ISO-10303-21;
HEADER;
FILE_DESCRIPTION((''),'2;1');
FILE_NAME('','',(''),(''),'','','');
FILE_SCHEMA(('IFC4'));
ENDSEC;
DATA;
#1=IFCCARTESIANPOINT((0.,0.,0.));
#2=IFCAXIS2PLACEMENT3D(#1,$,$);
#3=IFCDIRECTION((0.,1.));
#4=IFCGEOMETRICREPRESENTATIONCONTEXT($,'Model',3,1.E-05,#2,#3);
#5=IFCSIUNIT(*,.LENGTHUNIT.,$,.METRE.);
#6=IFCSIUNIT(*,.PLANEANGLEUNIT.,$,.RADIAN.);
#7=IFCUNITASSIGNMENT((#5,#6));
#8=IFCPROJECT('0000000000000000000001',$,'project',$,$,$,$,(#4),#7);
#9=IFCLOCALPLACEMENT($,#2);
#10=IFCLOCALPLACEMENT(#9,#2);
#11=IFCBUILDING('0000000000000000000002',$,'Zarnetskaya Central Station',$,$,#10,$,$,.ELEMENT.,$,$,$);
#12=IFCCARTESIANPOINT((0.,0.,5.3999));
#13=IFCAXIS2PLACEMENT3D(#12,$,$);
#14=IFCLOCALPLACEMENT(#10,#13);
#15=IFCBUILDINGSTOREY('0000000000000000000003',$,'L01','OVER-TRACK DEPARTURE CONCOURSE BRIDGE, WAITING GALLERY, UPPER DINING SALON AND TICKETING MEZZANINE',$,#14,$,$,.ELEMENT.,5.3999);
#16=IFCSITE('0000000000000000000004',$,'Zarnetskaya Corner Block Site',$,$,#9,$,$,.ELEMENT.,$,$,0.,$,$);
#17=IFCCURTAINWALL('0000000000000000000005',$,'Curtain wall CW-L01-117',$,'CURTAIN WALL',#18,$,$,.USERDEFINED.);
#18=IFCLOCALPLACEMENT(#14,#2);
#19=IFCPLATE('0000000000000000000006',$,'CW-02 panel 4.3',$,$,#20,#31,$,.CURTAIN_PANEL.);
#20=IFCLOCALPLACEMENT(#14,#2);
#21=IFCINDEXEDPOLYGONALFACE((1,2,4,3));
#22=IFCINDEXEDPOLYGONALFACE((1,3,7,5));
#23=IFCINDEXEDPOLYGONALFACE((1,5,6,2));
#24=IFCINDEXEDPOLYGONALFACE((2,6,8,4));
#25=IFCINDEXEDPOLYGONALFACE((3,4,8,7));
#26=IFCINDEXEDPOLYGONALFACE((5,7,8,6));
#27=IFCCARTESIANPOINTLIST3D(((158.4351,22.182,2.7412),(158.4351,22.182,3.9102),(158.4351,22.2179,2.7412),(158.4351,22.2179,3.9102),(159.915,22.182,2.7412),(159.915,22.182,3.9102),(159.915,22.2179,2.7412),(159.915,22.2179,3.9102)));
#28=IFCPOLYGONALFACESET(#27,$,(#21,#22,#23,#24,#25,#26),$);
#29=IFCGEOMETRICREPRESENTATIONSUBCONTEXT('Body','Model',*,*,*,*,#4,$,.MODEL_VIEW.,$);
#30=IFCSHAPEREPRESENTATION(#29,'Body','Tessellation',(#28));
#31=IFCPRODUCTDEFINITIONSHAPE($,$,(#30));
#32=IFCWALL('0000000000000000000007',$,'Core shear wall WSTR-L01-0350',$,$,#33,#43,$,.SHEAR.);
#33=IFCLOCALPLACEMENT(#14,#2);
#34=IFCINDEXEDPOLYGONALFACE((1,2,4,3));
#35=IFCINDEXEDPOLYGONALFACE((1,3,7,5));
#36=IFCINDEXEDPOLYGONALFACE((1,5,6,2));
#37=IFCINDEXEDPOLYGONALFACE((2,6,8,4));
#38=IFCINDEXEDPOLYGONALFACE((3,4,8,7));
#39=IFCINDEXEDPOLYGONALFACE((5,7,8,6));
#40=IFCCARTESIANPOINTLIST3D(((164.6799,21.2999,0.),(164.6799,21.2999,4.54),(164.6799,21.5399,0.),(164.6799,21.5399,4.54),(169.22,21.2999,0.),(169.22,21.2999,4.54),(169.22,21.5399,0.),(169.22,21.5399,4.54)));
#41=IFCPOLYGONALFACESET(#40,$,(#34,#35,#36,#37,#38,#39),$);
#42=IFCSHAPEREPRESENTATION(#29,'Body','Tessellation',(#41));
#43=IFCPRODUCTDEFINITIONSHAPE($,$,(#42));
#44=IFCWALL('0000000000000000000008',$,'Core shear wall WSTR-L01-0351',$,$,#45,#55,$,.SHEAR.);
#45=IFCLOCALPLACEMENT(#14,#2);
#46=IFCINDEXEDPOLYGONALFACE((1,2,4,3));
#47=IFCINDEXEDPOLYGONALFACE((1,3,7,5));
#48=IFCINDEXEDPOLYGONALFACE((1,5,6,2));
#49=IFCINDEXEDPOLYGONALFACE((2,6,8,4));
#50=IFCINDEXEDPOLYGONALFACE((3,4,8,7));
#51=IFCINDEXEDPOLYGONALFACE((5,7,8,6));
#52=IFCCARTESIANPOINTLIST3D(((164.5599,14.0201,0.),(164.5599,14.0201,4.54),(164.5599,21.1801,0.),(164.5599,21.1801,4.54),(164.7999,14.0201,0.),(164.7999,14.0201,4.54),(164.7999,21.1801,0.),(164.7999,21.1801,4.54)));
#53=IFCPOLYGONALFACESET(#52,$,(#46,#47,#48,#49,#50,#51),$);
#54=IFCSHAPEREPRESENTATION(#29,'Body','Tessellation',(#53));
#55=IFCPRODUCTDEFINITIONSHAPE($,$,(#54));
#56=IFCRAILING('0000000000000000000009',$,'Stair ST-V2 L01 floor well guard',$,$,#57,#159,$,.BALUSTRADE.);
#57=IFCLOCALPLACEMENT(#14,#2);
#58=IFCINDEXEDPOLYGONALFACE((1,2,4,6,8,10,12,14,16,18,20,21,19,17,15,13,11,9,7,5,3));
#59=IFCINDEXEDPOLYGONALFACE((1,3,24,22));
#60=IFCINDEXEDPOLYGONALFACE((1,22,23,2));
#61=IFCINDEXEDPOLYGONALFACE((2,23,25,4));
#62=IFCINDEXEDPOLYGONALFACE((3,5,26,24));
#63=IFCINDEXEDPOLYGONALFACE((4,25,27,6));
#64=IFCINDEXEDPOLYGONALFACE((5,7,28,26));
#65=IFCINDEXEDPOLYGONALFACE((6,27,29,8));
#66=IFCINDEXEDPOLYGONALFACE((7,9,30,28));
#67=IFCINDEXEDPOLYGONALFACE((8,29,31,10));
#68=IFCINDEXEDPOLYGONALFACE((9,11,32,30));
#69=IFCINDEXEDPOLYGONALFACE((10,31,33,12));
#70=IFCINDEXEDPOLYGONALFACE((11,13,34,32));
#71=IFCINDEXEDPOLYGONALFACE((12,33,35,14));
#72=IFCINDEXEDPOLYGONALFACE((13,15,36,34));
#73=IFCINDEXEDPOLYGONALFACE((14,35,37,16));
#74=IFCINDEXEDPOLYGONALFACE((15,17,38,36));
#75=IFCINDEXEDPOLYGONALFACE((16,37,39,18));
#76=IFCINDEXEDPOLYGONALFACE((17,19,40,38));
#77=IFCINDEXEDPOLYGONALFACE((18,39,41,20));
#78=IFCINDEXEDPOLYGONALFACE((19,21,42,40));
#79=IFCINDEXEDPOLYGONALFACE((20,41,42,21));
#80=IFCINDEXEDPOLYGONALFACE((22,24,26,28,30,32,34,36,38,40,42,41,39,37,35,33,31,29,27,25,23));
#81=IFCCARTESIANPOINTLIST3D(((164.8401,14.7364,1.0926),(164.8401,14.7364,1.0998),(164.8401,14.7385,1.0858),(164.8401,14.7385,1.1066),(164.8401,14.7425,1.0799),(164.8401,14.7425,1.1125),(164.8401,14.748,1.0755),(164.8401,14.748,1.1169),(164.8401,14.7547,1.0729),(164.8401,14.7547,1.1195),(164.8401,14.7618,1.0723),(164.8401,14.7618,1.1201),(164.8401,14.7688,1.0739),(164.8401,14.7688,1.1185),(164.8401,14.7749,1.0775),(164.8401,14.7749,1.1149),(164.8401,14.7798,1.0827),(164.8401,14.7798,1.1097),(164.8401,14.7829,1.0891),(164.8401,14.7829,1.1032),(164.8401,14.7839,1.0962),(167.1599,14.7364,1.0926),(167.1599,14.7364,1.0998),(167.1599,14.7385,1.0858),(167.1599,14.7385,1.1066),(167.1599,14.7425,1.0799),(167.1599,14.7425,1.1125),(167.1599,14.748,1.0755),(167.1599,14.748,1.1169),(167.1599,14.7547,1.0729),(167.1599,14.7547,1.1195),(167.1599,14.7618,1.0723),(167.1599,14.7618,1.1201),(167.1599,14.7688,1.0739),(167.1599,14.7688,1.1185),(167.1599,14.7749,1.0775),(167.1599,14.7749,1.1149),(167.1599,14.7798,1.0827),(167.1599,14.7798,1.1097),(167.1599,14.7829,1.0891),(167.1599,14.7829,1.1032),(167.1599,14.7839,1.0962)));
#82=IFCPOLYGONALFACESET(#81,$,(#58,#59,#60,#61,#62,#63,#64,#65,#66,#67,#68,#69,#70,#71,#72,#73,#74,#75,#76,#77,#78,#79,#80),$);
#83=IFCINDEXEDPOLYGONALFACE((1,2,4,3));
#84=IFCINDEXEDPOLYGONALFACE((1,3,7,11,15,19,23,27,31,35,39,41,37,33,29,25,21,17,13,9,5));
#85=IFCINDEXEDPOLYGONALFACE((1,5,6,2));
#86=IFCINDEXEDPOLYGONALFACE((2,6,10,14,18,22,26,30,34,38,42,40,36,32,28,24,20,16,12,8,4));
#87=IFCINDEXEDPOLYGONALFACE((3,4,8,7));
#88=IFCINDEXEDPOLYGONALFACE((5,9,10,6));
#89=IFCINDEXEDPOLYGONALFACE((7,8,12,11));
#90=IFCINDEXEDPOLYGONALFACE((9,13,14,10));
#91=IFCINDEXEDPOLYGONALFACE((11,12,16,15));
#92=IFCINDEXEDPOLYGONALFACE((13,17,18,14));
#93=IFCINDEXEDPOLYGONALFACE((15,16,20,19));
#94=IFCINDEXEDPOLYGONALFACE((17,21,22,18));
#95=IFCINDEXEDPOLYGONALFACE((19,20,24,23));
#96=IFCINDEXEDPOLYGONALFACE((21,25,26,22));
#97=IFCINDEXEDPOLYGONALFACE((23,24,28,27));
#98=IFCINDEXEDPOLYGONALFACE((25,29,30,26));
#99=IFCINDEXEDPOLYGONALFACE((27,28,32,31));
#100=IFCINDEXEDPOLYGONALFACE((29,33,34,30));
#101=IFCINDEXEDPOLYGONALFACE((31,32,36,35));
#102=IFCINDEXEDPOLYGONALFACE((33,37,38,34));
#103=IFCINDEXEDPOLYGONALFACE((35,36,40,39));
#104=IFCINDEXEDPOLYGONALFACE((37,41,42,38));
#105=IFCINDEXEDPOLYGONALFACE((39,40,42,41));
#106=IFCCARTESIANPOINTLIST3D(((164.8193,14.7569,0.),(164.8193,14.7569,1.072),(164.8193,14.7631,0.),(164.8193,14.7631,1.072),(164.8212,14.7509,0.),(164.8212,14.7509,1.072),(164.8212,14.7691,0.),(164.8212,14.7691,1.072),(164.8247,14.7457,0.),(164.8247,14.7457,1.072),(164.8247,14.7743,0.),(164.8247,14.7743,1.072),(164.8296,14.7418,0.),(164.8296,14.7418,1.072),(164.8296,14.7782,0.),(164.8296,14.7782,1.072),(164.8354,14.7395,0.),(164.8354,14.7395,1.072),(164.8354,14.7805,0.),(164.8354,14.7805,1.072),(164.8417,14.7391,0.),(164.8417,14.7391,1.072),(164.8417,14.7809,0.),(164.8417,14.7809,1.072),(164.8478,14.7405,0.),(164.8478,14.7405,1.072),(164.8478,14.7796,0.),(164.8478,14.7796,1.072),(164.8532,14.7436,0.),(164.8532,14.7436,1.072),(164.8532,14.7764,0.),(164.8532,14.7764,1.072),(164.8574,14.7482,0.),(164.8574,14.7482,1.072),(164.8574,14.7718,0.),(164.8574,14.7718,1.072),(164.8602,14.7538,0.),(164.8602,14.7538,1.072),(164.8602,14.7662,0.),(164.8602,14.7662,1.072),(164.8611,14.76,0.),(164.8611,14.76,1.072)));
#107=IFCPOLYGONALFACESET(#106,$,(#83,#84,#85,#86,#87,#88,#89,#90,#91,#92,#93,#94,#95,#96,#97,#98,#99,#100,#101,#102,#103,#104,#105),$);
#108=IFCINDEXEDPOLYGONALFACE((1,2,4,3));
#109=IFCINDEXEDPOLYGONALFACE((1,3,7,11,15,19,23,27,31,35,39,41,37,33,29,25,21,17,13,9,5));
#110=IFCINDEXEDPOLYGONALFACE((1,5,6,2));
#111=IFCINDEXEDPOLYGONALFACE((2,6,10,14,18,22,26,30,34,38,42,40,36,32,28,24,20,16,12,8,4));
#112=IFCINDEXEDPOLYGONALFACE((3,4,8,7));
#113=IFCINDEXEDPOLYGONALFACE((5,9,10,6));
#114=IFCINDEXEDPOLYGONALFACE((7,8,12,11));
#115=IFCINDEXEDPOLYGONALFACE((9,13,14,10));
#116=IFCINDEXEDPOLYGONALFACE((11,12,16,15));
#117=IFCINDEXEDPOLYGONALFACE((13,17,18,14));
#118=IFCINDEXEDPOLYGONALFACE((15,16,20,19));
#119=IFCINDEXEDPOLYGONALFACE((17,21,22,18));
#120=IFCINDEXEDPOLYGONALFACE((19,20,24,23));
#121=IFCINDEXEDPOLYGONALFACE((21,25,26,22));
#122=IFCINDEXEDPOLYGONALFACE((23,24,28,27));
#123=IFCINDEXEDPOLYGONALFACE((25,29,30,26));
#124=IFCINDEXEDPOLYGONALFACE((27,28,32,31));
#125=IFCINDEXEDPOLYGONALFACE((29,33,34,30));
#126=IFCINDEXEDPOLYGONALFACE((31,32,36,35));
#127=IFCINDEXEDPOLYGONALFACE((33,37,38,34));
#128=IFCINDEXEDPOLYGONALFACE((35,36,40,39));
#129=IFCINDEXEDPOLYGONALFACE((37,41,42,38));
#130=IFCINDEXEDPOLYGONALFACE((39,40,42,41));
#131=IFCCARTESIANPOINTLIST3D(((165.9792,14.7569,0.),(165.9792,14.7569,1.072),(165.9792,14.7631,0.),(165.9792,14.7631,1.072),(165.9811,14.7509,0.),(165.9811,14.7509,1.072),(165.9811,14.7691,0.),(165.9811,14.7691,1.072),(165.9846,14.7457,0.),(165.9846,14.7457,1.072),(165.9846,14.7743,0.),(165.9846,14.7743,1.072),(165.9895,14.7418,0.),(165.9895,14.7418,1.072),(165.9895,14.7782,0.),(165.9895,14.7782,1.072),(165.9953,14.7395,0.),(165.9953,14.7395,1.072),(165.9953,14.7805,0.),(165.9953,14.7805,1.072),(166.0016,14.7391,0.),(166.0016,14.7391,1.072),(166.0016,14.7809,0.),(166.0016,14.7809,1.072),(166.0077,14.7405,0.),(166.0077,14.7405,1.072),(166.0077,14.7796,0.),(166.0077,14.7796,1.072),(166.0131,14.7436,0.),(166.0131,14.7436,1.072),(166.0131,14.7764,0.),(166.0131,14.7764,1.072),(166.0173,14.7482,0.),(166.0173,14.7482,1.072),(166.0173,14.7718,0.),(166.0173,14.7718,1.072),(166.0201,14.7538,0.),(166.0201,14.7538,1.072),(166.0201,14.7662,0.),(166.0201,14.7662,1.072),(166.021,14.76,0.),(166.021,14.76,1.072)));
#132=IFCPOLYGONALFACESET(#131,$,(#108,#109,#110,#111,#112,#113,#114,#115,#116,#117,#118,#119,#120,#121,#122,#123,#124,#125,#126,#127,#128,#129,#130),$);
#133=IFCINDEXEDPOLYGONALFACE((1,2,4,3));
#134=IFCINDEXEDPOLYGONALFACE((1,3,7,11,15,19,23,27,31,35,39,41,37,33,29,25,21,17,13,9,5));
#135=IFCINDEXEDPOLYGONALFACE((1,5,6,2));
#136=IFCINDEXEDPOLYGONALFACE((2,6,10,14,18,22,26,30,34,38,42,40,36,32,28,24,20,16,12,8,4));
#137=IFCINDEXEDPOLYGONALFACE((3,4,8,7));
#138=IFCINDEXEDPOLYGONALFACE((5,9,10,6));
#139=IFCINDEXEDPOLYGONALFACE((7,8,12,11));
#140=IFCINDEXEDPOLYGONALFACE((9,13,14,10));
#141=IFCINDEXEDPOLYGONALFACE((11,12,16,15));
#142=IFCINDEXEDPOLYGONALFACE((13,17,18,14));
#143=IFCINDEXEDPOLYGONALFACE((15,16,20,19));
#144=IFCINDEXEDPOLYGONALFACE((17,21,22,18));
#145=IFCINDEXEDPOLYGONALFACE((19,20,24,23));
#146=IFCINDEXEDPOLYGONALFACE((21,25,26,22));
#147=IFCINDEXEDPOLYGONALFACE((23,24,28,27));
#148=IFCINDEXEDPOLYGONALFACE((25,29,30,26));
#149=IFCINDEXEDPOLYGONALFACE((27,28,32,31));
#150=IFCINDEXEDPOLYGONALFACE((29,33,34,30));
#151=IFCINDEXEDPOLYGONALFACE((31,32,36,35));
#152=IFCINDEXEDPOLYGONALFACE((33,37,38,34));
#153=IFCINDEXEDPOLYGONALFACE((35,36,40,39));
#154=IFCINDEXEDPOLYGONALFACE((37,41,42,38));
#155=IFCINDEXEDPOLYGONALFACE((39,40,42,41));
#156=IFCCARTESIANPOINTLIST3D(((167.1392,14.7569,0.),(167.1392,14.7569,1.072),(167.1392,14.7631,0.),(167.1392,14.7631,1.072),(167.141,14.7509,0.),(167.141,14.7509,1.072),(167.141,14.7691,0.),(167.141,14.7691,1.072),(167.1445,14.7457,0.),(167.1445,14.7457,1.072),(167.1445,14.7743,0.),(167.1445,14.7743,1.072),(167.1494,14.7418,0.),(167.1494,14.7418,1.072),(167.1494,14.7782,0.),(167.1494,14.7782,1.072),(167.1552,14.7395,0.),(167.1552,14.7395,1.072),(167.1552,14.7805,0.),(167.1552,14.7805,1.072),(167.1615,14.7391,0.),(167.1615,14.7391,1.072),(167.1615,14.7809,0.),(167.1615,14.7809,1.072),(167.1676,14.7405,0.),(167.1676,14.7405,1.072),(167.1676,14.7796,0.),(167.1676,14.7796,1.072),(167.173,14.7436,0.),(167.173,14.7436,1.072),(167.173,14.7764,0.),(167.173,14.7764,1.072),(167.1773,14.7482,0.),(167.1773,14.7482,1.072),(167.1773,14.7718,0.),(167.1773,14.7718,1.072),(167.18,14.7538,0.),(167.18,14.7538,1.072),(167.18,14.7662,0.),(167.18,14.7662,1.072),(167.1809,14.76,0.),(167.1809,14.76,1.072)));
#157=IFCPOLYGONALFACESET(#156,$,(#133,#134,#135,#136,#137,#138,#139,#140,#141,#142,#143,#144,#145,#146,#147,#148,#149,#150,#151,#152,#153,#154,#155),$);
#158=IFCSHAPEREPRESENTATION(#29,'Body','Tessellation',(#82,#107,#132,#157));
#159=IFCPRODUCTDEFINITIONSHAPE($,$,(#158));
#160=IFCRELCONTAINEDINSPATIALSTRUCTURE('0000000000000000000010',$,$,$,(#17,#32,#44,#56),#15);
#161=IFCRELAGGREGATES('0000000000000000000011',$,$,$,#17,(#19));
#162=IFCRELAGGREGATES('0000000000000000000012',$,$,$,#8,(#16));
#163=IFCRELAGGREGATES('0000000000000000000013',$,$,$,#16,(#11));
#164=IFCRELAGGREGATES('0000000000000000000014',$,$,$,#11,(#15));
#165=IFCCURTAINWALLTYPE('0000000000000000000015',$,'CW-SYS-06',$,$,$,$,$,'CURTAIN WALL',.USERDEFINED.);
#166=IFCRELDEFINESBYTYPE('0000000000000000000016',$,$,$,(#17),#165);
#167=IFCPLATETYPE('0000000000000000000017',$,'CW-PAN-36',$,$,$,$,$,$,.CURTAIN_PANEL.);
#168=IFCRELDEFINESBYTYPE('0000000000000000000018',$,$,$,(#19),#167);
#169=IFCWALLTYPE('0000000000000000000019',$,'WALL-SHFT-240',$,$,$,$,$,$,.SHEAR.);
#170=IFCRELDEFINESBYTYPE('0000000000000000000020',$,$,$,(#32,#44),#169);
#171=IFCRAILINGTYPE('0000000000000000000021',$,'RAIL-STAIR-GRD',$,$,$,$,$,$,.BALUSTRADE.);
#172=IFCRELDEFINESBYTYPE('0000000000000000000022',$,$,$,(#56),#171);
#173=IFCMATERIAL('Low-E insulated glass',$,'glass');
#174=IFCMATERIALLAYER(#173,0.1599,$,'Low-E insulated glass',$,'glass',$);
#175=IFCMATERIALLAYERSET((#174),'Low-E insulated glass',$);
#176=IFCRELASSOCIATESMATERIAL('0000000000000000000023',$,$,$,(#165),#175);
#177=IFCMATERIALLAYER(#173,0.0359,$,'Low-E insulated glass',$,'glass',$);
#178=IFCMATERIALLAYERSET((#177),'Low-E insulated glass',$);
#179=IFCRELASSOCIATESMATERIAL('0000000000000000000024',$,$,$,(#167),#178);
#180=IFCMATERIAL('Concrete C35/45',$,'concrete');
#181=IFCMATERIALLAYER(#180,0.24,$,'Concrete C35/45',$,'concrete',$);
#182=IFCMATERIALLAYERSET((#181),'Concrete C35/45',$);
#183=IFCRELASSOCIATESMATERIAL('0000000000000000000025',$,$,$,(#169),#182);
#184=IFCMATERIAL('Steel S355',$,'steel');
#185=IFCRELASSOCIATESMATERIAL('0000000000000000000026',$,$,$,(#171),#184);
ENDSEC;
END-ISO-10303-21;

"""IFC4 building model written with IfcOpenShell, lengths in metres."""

from ifc_helpers import new_model, si_unit, direction, frame, frame_2d, origin, origin_2d, place, context, subcontext, project, spatial, rectangle, circle, extrude, material, layer, layer_set, type_object, element, aggregate, save


model = new_model("IFC4")

# Units and contexts
model_context = context("Model", 3, precision=1e-05, world=origin(), true_north=direction((0.0, 1.0)))
body_context = subcontext(model_context, "Body", "Model", "MODEL_VIEW")
ifc_project = project(units=[si_unit("LENGTHUNIT", "METRE"), si_unit("PLANEANGLEUNIT", "RADIAN")], contexts=[model_context])

# Site, building, storey
site_placement = place(None, origin())
site = spatial("IfcSite", under=ifc_project, at=site_placement, Name="Zarnetskaya Corner Block Site", CompositionType="ELEMENT", RefElevation=0.0)
building_placement = place(site_placement, origin())
building = spatial("IfcBuilding", under=site, at=building_placement, Name="Zarnetskaya Central Station", CompositionType="ELEMENT")
storey_placement = place(building_placement, frame((0.0, 0.0, 5.3999)))
storey = spatial("IfcBuildingStorey", under=building, at=storey_placement, Name="L01", Description="OVER-TRACK DEPARTURE CONCOURSE BRIDGE, WAITING GALLERY, UPPER DINING SALON AND TICKETING MEZZANINE", CompositionType="ELEMENT", Elevation=5.3999)

# Shared definitions
ifc_material_1 = material(Name="Steel S355", Category="steel")

# Curtain wall
ifc_material_2 = material(Name="Low-E insulated glass", Category="glass")
ifc_layer_1 = layer(ifc_material_2, 0.1599, Name="Low-E insulated glass", Category="glass")
ifc_layer_set_1 = layer_set([ifc_layer_1], Name="Low-E insulated glass")
curtain_wall_type = type_object("IfcCurtainWallType", Name="CW-SYS-06", ElementType="CURTAIN WALL", PredefinedType="USERDEFINED", material=ifc_layer_set_1)
curtain_wall_placement = place(storey_placement, origin())
curtain_wall = element("IfcCurtainWall", 1, at=curtain_wall_placement, inside=storey, type_object=curtain_wall_type, Name="Curtain wall CW-L01-117", ObjectType="CURTAIN WALL", PredefinedType="USERDEFINED")

# Plate
ifc_layer_2 = layer(ifc_material_2, 0.0359, Name="Low-E insulated glass", Category="glass")
ifc_layer_set_2 = layer_set([ifc_layer_2], Name="Low-E insulated glass")
plate_type = type_object("IfcPlateType", Name="CW-PAN-36", PredefinedType="CURTAIN_PANEL", material=ifc_layer_set_2)
plate_1_placement = place(storey_placement, frame((159.175, 22.2, 2.7412), z_axis=(0.0, 0.0, 1.0), x_axis=(1.0, 0.0, 0.0)))
plate_1 = element("IfcPlate", 2, at=plate_1_placement, type_object=plate_type, Name="CW-02 panel 4.3", PredefinedType="CURTAIN_PANEL", context=body_context, shape_type="SweptSolid", body=[
    extrude(rectangle(XDim=1.48, YDim=0.0359, at=origin_2d()), origin(), (0.0, 0.0, 1.0), 1.1689),
])
aggregate(curtain_wall, [plate_1])

# Walls
ifc_material_3 = material(Name="Concrete C35/45", Category="concrete")
ifc_layer_3 = layer(ifc_material_3, 0.24, Name="Concrete C35/45", Category="concrete")
ifc_layer_set_3 = layer_set([ifc_layer_3], Name="Concrete C35/45")
wall_type = type_object("IfcWallType", Name="WALL-SHFT-240", PredefinedType="SHEAR", material=ifc_layer_set_3)
wall_1_placement = place(storey_placement, frame((164.6799, 21.4199, 0.0), z_axis=(0.0, 0.0, 1.0), x_axis=(1.0, 0.0, 0.0)))
element("IfcWall", 3, at=wall_1_placement, inside=storey, type_object=wall_type, Name="Core shear wall WSTR-L01-0350", PredefinedType="SHEAR", context=body_context, shape_type="SweptSolid", body=[
    extrude(rectangle(XDim=4.54, YDim=0.24, at=frame_2d((2.27, 0.0))), origin(), (0.0, 0.0, 1.0), 4.54),
])
wall_2_placement = place(storey_placement, frame((164.6799, 14.02, 0.0), z_axis=(0.0, 0.0, 1.0), x_axis=(0.0, 1.0, 0.0)))
element("IfcWall", 4, at=wall_2_placement, inside=storey, type_object=wall_type, Name="Core shear wall WSTR-L01-0351", PredefinedType="SHEAR", context=body_context, shape_type="SweptSolid", body=[
    extrude(rectangle(XDim=7.1599, YDim=0.24, at=frame_2d((3.5801, 0.0))), origin(), (0.0, 0.0, 1.0), 4.54),
])

# Railing
railing_type = type_object("IfcRailingType", Name="RAIL-STAIR-GRD", PredefinedType="BALUSTRADE", material=ifc_material_1)
railing_placement = place(storey_placement, frame((164.8401, 14.76, 0.0)))
element("IfcRailing", 5, at=railing_placement, inside=storey, type_object=railing_type, Name="Stair ST-V2 L01 floor well guard", PredefinedType="BALUSTRADE", context=body_context, shape_type="SweptSolid", body=[
    extrude(circle(Radius=0.0239, at=origin_2d()), frame((0.0, 0.0, 1.0962), z_axis=(1.0, 0.0, 0.0), x_axis=(0.0, 1.0, 0.0)), (0.0, 0.0, 1.0), 2.3198),
    extrude(circle(Radius=0.021, at=origin_2d()), origin(), (0.0, 0.0, 1.0), 1.072),
    extrude(circle(Radius=0.021, at=origin_2d()), frame((1.1599, 0.0, 0.0)), (0.0, 0.0, 1.0), 1.072),
    extrude(circle(Radius=0.021, at=origin_2d()), frame((2.3198, 0.0, 0.0)), (0.0, 0.0, 1.0), 1.072),
])

save(model, "model.ifc")
